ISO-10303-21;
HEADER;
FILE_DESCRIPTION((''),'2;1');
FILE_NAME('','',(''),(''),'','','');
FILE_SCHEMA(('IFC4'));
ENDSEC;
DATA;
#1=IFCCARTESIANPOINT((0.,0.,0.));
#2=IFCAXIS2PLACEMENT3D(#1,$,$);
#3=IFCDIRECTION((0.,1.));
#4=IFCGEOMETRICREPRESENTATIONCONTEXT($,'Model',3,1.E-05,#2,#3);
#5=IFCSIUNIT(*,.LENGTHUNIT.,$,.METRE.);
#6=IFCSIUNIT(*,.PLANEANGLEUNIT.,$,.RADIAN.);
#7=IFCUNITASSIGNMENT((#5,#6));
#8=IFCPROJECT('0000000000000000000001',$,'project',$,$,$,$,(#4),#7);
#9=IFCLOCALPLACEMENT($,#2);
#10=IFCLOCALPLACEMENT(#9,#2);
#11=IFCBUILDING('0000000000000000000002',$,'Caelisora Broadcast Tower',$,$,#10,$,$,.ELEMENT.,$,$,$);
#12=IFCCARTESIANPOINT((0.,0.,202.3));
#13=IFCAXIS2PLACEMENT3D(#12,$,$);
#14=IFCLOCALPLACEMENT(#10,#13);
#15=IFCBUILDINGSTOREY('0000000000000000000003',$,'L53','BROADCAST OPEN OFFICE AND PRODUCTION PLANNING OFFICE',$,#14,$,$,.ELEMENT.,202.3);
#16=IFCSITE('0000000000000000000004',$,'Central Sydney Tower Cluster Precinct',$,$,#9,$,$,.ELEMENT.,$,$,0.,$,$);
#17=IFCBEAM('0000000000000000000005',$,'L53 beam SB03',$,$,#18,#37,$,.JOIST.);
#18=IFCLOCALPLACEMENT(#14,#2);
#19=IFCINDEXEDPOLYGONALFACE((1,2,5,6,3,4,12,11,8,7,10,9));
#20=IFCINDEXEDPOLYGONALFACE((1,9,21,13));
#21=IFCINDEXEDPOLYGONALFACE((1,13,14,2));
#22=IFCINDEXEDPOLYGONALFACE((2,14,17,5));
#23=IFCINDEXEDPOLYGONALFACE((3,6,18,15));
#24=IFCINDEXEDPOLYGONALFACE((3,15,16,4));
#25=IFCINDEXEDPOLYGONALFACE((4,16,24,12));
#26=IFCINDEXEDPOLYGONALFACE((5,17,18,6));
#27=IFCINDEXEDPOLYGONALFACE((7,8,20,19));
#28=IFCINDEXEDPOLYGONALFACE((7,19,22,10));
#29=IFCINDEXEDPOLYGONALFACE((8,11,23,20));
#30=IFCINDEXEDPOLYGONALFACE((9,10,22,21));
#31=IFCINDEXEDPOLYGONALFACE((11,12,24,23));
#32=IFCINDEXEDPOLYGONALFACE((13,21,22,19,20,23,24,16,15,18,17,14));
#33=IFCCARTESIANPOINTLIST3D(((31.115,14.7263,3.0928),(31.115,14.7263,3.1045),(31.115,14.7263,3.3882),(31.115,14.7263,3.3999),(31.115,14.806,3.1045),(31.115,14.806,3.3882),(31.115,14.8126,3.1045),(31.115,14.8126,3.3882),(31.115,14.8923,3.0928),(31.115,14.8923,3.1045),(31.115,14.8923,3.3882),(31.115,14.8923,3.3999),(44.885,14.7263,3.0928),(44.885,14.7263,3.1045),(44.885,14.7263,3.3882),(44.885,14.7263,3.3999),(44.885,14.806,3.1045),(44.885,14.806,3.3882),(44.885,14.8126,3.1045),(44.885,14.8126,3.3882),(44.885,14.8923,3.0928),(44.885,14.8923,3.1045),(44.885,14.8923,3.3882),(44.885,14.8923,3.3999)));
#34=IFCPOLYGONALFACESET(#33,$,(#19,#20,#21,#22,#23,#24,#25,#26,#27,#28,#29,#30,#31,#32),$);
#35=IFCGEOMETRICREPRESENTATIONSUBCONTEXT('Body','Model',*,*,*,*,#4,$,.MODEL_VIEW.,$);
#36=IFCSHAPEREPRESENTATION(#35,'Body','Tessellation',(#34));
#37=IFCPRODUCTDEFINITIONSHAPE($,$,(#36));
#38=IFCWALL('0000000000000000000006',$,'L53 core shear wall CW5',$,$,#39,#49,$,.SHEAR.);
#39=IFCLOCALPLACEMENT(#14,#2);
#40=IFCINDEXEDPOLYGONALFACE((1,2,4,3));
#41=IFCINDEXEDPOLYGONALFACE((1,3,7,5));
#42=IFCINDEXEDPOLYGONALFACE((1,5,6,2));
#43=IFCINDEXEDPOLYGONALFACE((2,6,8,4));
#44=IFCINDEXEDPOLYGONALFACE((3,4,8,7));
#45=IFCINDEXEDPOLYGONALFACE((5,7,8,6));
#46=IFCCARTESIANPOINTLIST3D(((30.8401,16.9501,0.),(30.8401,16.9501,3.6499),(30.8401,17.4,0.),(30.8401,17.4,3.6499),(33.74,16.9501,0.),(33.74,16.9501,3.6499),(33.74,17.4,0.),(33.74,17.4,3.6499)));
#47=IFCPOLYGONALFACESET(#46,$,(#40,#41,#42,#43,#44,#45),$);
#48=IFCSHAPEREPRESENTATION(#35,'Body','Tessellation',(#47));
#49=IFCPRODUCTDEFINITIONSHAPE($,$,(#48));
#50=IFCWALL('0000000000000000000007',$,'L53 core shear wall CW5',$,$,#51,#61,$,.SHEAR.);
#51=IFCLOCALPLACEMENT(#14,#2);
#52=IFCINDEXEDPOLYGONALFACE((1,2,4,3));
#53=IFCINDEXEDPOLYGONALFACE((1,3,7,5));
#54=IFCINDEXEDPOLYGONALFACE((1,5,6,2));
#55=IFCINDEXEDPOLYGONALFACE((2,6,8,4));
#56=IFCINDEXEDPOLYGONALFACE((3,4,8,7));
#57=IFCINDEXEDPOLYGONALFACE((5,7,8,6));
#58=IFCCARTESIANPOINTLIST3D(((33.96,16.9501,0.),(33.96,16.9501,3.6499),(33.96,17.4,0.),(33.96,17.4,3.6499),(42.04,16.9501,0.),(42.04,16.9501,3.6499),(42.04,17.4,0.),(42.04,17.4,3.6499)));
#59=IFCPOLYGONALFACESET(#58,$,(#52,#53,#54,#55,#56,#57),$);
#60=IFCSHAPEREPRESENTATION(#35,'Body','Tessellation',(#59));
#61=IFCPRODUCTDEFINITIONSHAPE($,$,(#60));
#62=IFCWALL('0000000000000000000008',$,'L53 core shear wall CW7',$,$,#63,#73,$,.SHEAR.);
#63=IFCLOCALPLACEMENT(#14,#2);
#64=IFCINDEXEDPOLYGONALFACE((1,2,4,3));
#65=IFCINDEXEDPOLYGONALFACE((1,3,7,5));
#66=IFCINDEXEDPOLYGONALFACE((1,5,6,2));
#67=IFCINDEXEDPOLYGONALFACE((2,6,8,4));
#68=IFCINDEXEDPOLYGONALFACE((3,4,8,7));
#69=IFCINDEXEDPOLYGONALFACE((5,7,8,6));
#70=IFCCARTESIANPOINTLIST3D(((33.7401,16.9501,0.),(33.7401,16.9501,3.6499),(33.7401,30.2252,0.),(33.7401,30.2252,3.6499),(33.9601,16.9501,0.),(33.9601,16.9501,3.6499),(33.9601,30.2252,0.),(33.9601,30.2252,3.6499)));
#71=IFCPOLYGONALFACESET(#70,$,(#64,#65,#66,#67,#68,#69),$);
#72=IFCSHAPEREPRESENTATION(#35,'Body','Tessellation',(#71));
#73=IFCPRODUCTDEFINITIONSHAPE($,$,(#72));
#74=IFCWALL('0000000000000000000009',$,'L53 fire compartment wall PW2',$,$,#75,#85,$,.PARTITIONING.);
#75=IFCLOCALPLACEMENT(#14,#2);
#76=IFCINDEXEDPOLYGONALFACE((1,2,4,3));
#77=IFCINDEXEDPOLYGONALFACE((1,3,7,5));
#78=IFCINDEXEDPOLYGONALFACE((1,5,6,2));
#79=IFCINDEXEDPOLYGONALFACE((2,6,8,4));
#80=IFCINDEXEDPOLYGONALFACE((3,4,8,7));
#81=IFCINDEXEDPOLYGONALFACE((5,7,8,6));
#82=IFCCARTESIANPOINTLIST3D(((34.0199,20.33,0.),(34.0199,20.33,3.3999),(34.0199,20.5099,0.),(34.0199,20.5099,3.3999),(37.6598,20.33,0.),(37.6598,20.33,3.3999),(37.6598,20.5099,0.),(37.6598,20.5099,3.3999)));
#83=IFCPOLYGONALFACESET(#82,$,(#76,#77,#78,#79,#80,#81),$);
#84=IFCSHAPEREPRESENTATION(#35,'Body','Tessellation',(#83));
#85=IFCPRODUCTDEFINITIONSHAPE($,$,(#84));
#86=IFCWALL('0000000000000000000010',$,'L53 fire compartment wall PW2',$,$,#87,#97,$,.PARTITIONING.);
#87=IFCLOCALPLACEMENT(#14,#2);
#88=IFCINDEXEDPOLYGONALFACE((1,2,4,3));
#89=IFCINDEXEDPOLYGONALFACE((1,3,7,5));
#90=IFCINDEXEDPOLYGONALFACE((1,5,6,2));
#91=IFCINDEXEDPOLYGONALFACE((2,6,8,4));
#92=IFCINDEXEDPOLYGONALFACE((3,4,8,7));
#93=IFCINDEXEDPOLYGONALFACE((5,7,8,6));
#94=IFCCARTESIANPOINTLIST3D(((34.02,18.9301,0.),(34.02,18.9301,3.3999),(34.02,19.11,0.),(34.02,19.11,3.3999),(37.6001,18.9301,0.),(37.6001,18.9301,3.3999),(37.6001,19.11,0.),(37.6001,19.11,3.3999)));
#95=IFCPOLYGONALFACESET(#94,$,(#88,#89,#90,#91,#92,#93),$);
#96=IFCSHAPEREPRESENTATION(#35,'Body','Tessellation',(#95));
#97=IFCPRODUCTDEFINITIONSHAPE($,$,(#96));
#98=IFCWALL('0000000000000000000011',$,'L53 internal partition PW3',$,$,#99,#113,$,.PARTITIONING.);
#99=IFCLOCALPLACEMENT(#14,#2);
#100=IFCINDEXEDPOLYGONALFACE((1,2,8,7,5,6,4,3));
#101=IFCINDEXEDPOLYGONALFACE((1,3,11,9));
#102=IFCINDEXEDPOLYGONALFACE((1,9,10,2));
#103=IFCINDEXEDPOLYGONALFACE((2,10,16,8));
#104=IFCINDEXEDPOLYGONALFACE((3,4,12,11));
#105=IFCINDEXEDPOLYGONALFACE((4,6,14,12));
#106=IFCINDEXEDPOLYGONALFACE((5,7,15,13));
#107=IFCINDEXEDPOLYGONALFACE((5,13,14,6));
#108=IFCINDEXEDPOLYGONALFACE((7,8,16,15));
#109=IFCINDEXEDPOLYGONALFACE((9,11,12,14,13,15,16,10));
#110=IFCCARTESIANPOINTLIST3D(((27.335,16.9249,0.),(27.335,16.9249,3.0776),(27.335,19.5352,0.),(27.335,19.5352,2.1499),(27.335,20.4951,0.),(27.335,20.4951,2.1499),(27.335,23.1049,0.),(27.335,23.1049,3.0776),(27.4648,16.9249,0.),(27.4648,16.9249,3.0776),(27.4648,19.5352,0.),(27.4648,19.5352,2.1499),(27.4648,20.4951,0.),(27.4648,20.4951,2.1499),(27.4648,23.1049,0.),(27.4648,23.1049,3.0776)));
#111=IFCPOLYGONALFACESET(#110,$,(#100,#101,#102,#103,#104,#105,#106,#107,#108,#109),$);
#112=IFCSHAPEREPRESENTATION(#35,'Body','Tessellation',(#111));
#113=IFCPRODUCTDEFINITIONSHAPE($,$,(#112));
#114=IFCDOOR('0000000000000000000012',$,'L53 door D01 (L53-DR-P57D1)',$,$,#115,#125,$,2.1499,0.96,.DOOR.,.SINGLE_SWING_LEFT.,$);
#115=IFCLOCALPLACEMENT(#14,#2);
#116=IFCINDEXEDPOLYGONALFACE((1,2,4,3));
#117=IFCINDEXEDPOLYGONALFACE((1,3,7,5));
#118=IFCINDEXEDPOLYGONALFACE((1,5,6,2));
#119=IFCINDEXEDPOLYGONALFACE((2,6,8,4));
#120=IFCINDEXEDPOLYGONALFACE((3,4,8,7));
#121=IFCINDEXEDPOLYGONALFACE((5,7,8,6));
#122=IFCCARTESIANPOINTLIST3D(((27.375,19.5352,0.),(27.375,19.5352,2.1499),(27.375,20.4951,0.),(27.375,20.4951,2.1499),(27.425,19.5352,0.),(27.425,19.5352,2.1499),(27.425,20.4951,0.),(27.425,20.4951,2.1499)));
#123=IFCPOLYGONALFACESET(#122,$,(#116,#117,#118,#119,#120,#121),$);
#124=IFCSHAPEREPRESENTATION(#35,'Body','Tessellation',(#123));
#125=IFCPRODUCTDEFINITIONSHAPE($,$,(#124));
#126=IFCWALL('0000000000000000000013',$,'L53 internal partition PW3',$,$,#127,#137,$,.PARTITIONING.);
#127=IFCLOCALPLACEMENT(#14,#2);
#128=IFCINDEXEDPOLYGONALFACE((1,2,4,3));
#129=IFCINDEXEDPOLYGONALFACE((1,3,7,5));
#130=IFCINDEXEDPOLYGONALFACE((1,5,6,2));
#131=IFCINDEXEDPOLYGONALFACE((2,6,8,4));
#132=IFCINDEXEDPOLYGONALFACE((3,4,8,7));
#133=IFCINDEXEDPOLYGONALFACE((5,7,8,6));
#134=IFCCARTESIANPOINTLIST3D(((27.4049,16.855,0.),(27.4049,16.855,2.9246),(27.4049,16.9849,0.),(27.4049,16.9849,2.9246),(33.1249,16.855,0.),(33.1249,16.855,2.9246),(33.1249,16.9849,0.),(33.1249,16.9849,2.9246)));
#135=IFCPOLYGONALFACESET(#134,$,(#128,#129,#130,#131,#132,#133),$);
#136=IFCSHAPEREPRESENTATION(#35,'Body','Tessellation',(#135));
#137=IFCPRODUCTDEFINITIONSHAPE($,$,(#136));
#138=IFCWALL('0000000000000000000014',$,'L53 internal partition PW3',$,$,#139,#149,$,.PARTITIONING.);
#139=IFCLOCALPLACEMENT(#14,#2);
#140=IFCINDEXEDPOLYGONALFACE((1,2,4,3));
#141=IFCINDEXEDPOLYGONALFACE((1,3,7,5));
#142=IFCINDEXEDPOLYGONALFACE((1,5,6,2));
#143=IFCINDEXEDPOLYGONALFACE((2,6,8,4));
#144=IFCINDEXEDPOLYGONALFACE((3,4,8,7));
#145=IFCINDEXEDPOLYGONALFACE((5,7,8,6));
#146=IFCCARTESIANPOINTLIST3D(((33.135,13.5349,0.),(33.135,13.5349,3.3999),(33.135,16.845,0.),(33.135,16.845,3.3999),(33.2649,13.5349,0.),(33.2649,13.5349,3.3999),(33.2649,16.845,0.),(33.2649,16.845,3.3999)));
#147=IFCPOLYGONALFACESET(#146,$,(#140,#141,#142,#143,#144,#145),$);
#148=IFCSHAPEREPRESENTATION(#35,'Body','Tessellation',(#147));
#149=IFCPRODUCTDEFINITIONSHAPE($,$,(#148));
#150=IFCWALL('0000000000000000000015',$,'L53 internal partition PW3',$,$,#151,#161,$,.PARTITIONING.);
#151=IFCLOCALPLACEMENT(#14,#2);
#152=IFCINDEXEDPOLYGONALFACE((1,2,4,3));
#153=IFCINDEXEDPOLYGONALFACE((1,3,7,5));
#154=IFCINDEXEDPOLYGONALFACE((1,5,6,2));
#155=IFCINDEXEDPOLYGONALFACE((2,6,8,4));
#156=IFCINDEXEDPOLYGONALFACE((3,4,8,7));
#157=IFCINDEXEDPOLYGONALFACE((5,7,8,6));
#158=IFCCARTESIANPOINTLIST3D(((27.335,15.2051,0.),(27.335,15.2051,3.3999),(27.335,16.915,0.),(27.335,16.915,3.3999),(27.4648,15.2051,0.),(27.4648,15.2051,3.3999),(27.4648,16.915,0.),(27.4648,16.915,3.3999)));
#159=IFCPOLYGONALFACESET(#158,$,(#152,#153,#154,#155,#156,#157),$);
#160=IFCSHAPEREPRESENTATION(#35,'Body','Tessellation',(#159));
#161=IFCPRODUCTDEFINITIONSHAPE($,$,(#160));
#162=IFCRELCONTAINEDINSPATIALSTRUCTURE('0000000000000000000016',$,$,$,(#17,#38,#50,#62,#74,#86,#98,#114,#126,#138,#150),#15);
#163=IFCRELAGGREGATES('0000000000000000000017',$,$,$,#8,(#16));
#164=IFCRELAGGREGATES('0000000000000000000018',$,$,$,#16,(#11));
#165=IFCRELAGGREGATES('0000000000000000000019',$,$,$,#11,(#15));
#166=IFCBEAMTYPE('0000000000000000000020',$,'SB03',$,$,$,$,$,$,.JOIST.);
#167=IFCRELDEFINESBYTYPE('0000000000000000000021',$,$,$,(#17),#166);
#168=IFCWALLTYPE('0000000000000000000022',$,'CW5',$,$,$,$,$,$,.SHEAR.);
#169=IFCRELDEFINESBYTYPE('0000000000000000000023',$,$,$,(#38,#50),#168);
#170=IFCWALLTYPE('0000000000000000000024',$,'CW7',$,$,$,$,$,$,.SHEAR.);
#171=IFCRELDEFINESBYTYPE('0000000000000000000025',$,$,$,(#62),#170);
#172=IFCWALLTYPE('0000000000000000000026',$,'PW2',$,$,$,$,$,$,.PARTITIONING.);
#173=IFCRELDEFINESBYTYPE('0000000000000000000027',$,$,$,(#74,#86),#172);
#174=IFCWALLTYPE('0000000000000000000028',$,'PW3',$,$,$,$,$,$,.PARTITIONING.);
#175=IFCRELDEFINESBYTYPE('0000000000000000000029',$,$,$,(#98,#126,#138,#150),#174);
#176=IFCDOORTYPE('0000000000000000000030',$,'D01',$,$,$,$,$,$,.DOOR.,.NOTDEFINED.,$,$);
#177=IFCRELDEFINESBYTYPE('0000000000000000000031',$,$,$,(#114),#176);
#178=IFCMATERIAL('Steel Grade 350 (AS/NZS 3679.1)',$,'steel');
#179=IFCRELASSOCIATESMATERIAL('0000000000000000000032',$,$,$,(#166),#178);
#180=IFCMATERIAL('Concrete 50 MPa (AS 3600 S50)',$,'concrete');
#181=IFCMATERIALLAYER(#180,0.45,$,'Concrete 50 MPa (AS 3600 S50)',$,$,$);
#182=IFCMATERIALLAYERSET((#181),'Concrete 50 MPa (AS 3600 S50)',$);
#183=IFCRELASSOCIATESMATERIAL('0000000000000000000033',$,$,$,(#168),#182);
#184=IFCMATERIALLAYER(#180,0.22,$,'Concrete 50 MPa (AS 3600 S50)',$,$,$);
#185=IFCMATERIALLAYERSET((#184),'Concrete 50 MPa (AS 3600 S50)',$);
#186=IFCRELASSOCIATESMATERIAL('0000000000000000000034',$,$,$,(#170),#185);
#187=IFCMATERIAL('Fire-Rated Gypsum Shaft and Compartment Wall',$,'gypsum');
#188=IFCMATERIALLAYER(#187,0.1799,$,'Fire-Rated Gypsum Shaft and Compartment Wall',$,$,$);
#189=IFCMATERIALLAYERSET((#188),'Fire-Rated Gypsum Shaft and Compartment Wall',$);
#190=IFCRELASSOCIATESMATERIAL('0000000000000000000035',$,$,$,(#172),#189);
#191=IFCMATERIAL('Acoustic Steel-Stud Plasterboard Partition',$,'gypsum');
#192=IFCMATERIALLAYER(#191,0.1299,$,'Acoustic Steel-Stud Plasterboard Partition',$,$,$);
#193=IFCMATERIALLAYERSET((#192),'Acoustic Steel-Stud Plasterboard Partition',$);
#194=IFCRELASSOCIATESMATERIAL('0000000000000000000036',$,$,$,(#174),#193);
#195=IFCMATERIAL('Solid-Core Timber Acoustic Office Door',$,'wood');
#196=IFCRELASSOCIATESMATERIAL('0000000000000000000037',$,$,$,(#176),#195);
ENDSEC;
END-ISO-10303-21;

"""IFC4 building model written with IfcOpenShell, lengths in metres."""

from ifc_helpers import new_model, si_unit, direction, frame, frame_2d, origin, origin_2d, place, context, subcontext, project, spatial, rectangle, i_section, extrude, source, transform, mapped, material, layer, layer_set, material_profile, profile_set, type_object, element, fill, save


model = new_model("IFC4")

# Units and contexts
model_context = context("Model", 3, precision=1e-05, world=origin(), true_north=direction((0.0, 1.0)))
body_context = subcontext(model_context, "Body", "Model", "MODEL_VIEW")
ifc_project = project(units=[si_unit("LENGTHUNIT", "METRE"), si_unit("PLANEANGLEUNIT", "RADIAN")], contexts=[model_context])

# Site, building, storey
site_placement = place(None, origin())
site = spatial("IfcSite", under=ifc_project, at=site_placement, Name="Central Sydney Tower Cluster Precinct", CompositionType="ELEMENT", RefElevation=0.0)
building_placement = place(site_placement, origin())
building = spatial("IfcBuilding", under=site, at=building_placement, Name="Caelisora Broadcast Tower", CompositionType="ELEMENT")
storey_placement = place(building_placement, frame((0.0, 0.0, 202.3)))
storey = spatial("IfcBuildingStorey", under=building, at=storey_placement, Name="L53", Description="BROADCAST OPEN OFFICE AND PRODUCTION PLANNING OFFICE", CompositionType="ELEMENT", Elevation=202.3)

# Beam
ifc_material_1 = material(Name="Steel Grade 350 (AS/NZS 3679.1)", Category="steel")
ifc_material_profile_1 = material_profile(ifc_material_1, i_section(OverallWidth=0.166, OverallDepth=0.3071, WebThickness=0.0066, FlangeThickness=0.0117, at=origin_2d()), Name="Steel Grade 350 (AS/NZS 3679.1)")
ifc_profile_set_1 = profile_set([ifc_material_profile_1], Name="Steel Grade 350 (AS/NZS 3679.1)")
beam_type_1 = type_object("IfcBeamType", Name="SB03", PredefinedType="JOIST", material=ifc_profile_set_1)
shared_shape_1 = source(origin(), body_context, "Body", "SweptSolid", [
    extrude(i_section(OverallWidth=0.166, OverallDepth=0.3071, WebThickness=0.0066, FlangeThickness=0.0117, at=origin_2d()), origin(), (0.0, 0.0, 1.0), 13.77),
])
beam_1_placement = place(storey_placement, frame((31.115, 14.8093, 3.2463), z_axis=(1.0, 0.0, 0.0), x_axis=(0.0, 1.0, 0.0)))
element("IfcBeam", 1, at=beam_1_placement, inside=storey, type_object=beam_type_1, Name="L53 beam SB03", PredefinedType="JOIST", context=body_context, shape_type="MappedRepresentation", body=[
    mapped(shared_shape_1, transform((0.0, 0.0, 0.0), scale=1.0)),
])

# Shared definitions
ifc_material_2 = material(Name="Concrete 50 MPa (AS 3600 S50)", Category="concrete")

# Walls
ifc_layer_1 = layer(ifc_material_2, 0.45, Name="Concrete 50 MPa (AS 3600 S50)")
ifc_layer_set_1 = layer_set([ifc_layer_1], Name="Concrete 50 MPa (AS 3600 S50)")
wall_type_1 = type_object("IfcWallType", Name="CW5", PredefinedType="SHEAR", material=ifc_layer_set_1)
wall_1_placement = place(storey_placement, frame((30.8401, 17.175, 0.0), z_axis=(0.0, 0.0, 1.0), x_axis=(1.0, 0.0, 0.0)))
element("IfcWall", 2, at=wall_1_placement, inside=storey, type_object=wall_type_1, Name="L53 core shear wall CW5", PredefinedType="SHEAR", context=body_context, shape_type="SweptSolid", body=[
    extrude(rectangle(XDim=2.8999, YDim=0.45, at=frame_2d((1.45, 0.0))), origin(), (0.0, 0.0, 1.0), 3.6499),
])
wall_2_placement = place(storey_placement, frame((33.96, 17.175, 0.0), z_axis=(0.0, 0.0, 1.0), x_axis=(1.0, 0.0, 0.0)))
element("IfcWall", 3, at=wall_2_placement, inside=storey, type_object=wall_type_1, Name="L53 core shear wall CW5", PredefinedType="SHEAR", context=body_context, shape_type="SweptSolid", body=[
    extrude(rectangle(XDim=8.0801, YDim=0.45, at=frame_2d((4.04, 0.0))), origin(), (0.0, 0.0, 1.0), 3.6499),
])
ifc_layer_2 = layer(ifc_material_2, 0.22, Name="Concrete 50 MPa (AS 3600 S50)")
ifc_layer_set_2 = layer_set([ifc_layer_2], Name="Concrete 50 MPa (AS 3600 S50)")
wall_type_2 = type_object("IfcWallType", Name="CW7", PredefinedType="SHEAR", material=ifc_layer_set_2)
wall_3_placement = place(storey_placement, frame((33.8501, 16.95, 0.0), z_axis=(0.0, 0.0, 1.0), x_axis=(0.0, 1.0, 0.0)))
element("IfcWall", 4, at=wall_3_placement, inside=storey, type_object=wall_type_2, Name="L53 core shear wall CW7", PredefinedType="SHEAR", context=body_context, shape_type="SweptSolid", body=[
    extrude(rectangle(XDim=13.2751, YDim=0.22, at=frame_2d((6.6377, 0.0))), origin(), (0.0, 0.0, 1.0), 3.6499),
])
ifc_material_3 = material(Name="Fire-Rated Gypsum Shaft and Compartment Wall", Category="gypsum")
ifc_layer_3 = layer(ifc_material_3, 0.1799, Name="Fire-Rated Gypsum Shaft and Compartment Wall")
ifc_layer_set_3 = layer_set([ifc_layer_3], Name="Fire-Rated Gypsum Shaft and Compartment Wall")
wall_type_3 = type_object("IfcWallType", Name="PW2", PredefinedType="PARTITIONING", material=ifc_layer_set_3)
wall_4_placement = place(storey_placement, frame((34.02, 20.4199, 0.0), z_axis=(0.0, 0.0, 1.0), x_axis=(1.0, 0.0, 0.0)))
element("IfcWall", 5, at=wall_4_placement, inside=storey, type_object=wall_type_3, Name="L53 fire compartment wall PW2", PredefinedType="PARTITIONING", context=body_context, shape_type="SweptSolid", body=[
    extrude(rectangle(XDim=3.6399, YDim=0.1799, at=frame_2d((1.8198, 0.0))), origin(), (0.0, 0.0, 1.0), 3.3999),
])
wall_5_placement = place(storey_placement, frame((34.02, 19.02, 0.0), z_axis=(0.0, 0.0, 1.0), x_axis=(1.0, 0.0, 0.0)))
element("IfcWall", 6, at=wall_5_placement, inside=storey, type_object=wall_type_3, Name="L53 fire compartment wall PW2", PredefinedType="PARTITIONING", context=body_context, shape_type="SweptSolid", body=[
    extrude(rectangle(XDim=3.5801, YDim=0.1799, at=frame_2d((1.79, 0.0))), origin(), (0.0, 0.0, 1.0), 3.3999),
])

# Wall, opening, door
ifc_material_4 = material(Name="Acoustic Steel-Stud Plasterboard Partition", Category="gypsum")
ifc_layer_4 = layer(ifc_material_4, 0.1299, Name="Acoustic Steel-Stud Plasterboard Partition")
ifc_layer_set_4 = layer_set([ifc_layer_4], Name="Acoustic Steel-Stud Plasterboard Partition")
wall_type_4 = type_object("IfcWallType", Name="PW3", PredefinedType="PARTITIONING", material=ifc_layer_set_4)
wall_6_placement = place(storey_placement, frame((27.3999, 16.925, 0.0), z_axis=(0.0, 0.0, 1.0), x_axis=(0.0, 1.0, 0.0)))
wall_6 = element("IfcWall", 7, at=wall_6_placement, inside=storey, type_object=wall_type_4, Name="L53 internal partition PW3", PredefinedType="PARTITIONING", context=body_context, shape_type="SweptSolid", body=[
    extrude(rectangle(XDim=6.1799, YDim=0.1299, at=frame_2d((3.0898, 0.0))), origin(), (0.0, 0.0, 1.0), 3.0776),
])
opening_1_placement = place(wall_6_placement, frame((2.6101, 0.0, 0.0)))
opening_1 = element("IfcOpeningElement", 8, at=opening_1_placement, cuts=wall_6, PredefinedType="OPENING", context=body_context, shape_type="SweptSolid", body=[
    extrude(rectangle(XDim=0.96, YDim=2.1499, at=frame_2d((0.48, 1.075))), frame((0.0, 0.0769, 0.0), z_axis=(0.0, -1.0, 0.0), x_axis=(1.0, 0.0, 0.0)), (0.0, 0.0, 1.0), 0.1538),
])
ifc_material_5 = material(Name="Solid-Core Timber Acoustic Office Door", Category="wood")
door_type_1 = type_object("IfcDoorType", Name="D01", OperationType="NOTDEFINED", PredefinedType="DOOR", material=ifc_material_5)
door_1_placement = place(opening_1_placement, origin())
door_1 = element("IfcDoor", 9, at=door_1_placement, inside=storey, type_object=door_type_1, Name="L53 door D01 (L53-DR-P57D1)", OperationType="SINGLE_SWING_LEFT", OverallHeight=2.1499, OverallWidth=0.96, PredefinedType="DOOR", context=body_context, shape_type="SweptSolid", body=[
    extrude(rectangle(XDim=0.96, YDim=2.1499, at=frame_2d((0.48, 1.075))), frame((0.0, 0.0249, 0.0), z_axis=(0.0, -1.0, 0.0), x_axis=(1.0, 0.0, 0.0)), (0.0, 0.0, 1.0), 0.05),
])
fill(opening_1, door_1)

# Walls
wall_7_placement = place(storey_placement, frame((27.405, 16.9199, 0.0), z_axis=(0.0, 0.0, 1.0), x_axis=(1.0, 0.0, 0.0)))
element("IfcWall", 10, at=wall_7_placement, inside=storey, type_object=wall_type_4, Name="L53 internal partition PW3", PredefinedType="PARTITIONING", context=body_context, shape_type="SweptSolid", body=[
    extrude(rectangle(XDim=5.72, YDim=0.1299, at=frame_2d((2.8599, 0.0))), origin(), (0.0, 0.0, 1.0), 2.9246),
])
wall_8_placement = place(storey_placement, frame((33.2, 13.5349, 0.0), z_axis=(0.0, 0.0, 1.0), x_axis=(0.0, 1.0, 0.0)))
element("IfcWall", 11, at=wall_8_placement, inside=storey, type_object=wall_type_4, Name="L53 internal partition PW3", PredefinedType="PARTITIONING", context=body_context, shape_type="SweptSolid", body=[
    extrude(rectangle(XDim=3.3101, YDim=0.1299, at=frame_2d((1.655, 0.0))), origin(), (0.0, 0.0, 1.0), 3.3999),
])
wall_9_placement = place(storey_placement, frame((27.3999, 15.2051, 0.0), z_axis=(0.0, 0.0, 1.0), x_axis=(0.0, 1.0, 0.0)))
element("IfcWall", 12, at=wall_9_placement, inside=storey, type_object=wall_type_4, Name="L53 internal partition PW3", PredefinedType="PARTITIONING", context=body_context, shape_type="SweptSolid", body=[
    extrude(rectangle(XDim=1.71, YDim=0.1299, at=frame_2d((0.855, 0.0))), origin(), (0.0, 0.0, 1.0), 3.3999),
])

save(model, "model.ifc")
